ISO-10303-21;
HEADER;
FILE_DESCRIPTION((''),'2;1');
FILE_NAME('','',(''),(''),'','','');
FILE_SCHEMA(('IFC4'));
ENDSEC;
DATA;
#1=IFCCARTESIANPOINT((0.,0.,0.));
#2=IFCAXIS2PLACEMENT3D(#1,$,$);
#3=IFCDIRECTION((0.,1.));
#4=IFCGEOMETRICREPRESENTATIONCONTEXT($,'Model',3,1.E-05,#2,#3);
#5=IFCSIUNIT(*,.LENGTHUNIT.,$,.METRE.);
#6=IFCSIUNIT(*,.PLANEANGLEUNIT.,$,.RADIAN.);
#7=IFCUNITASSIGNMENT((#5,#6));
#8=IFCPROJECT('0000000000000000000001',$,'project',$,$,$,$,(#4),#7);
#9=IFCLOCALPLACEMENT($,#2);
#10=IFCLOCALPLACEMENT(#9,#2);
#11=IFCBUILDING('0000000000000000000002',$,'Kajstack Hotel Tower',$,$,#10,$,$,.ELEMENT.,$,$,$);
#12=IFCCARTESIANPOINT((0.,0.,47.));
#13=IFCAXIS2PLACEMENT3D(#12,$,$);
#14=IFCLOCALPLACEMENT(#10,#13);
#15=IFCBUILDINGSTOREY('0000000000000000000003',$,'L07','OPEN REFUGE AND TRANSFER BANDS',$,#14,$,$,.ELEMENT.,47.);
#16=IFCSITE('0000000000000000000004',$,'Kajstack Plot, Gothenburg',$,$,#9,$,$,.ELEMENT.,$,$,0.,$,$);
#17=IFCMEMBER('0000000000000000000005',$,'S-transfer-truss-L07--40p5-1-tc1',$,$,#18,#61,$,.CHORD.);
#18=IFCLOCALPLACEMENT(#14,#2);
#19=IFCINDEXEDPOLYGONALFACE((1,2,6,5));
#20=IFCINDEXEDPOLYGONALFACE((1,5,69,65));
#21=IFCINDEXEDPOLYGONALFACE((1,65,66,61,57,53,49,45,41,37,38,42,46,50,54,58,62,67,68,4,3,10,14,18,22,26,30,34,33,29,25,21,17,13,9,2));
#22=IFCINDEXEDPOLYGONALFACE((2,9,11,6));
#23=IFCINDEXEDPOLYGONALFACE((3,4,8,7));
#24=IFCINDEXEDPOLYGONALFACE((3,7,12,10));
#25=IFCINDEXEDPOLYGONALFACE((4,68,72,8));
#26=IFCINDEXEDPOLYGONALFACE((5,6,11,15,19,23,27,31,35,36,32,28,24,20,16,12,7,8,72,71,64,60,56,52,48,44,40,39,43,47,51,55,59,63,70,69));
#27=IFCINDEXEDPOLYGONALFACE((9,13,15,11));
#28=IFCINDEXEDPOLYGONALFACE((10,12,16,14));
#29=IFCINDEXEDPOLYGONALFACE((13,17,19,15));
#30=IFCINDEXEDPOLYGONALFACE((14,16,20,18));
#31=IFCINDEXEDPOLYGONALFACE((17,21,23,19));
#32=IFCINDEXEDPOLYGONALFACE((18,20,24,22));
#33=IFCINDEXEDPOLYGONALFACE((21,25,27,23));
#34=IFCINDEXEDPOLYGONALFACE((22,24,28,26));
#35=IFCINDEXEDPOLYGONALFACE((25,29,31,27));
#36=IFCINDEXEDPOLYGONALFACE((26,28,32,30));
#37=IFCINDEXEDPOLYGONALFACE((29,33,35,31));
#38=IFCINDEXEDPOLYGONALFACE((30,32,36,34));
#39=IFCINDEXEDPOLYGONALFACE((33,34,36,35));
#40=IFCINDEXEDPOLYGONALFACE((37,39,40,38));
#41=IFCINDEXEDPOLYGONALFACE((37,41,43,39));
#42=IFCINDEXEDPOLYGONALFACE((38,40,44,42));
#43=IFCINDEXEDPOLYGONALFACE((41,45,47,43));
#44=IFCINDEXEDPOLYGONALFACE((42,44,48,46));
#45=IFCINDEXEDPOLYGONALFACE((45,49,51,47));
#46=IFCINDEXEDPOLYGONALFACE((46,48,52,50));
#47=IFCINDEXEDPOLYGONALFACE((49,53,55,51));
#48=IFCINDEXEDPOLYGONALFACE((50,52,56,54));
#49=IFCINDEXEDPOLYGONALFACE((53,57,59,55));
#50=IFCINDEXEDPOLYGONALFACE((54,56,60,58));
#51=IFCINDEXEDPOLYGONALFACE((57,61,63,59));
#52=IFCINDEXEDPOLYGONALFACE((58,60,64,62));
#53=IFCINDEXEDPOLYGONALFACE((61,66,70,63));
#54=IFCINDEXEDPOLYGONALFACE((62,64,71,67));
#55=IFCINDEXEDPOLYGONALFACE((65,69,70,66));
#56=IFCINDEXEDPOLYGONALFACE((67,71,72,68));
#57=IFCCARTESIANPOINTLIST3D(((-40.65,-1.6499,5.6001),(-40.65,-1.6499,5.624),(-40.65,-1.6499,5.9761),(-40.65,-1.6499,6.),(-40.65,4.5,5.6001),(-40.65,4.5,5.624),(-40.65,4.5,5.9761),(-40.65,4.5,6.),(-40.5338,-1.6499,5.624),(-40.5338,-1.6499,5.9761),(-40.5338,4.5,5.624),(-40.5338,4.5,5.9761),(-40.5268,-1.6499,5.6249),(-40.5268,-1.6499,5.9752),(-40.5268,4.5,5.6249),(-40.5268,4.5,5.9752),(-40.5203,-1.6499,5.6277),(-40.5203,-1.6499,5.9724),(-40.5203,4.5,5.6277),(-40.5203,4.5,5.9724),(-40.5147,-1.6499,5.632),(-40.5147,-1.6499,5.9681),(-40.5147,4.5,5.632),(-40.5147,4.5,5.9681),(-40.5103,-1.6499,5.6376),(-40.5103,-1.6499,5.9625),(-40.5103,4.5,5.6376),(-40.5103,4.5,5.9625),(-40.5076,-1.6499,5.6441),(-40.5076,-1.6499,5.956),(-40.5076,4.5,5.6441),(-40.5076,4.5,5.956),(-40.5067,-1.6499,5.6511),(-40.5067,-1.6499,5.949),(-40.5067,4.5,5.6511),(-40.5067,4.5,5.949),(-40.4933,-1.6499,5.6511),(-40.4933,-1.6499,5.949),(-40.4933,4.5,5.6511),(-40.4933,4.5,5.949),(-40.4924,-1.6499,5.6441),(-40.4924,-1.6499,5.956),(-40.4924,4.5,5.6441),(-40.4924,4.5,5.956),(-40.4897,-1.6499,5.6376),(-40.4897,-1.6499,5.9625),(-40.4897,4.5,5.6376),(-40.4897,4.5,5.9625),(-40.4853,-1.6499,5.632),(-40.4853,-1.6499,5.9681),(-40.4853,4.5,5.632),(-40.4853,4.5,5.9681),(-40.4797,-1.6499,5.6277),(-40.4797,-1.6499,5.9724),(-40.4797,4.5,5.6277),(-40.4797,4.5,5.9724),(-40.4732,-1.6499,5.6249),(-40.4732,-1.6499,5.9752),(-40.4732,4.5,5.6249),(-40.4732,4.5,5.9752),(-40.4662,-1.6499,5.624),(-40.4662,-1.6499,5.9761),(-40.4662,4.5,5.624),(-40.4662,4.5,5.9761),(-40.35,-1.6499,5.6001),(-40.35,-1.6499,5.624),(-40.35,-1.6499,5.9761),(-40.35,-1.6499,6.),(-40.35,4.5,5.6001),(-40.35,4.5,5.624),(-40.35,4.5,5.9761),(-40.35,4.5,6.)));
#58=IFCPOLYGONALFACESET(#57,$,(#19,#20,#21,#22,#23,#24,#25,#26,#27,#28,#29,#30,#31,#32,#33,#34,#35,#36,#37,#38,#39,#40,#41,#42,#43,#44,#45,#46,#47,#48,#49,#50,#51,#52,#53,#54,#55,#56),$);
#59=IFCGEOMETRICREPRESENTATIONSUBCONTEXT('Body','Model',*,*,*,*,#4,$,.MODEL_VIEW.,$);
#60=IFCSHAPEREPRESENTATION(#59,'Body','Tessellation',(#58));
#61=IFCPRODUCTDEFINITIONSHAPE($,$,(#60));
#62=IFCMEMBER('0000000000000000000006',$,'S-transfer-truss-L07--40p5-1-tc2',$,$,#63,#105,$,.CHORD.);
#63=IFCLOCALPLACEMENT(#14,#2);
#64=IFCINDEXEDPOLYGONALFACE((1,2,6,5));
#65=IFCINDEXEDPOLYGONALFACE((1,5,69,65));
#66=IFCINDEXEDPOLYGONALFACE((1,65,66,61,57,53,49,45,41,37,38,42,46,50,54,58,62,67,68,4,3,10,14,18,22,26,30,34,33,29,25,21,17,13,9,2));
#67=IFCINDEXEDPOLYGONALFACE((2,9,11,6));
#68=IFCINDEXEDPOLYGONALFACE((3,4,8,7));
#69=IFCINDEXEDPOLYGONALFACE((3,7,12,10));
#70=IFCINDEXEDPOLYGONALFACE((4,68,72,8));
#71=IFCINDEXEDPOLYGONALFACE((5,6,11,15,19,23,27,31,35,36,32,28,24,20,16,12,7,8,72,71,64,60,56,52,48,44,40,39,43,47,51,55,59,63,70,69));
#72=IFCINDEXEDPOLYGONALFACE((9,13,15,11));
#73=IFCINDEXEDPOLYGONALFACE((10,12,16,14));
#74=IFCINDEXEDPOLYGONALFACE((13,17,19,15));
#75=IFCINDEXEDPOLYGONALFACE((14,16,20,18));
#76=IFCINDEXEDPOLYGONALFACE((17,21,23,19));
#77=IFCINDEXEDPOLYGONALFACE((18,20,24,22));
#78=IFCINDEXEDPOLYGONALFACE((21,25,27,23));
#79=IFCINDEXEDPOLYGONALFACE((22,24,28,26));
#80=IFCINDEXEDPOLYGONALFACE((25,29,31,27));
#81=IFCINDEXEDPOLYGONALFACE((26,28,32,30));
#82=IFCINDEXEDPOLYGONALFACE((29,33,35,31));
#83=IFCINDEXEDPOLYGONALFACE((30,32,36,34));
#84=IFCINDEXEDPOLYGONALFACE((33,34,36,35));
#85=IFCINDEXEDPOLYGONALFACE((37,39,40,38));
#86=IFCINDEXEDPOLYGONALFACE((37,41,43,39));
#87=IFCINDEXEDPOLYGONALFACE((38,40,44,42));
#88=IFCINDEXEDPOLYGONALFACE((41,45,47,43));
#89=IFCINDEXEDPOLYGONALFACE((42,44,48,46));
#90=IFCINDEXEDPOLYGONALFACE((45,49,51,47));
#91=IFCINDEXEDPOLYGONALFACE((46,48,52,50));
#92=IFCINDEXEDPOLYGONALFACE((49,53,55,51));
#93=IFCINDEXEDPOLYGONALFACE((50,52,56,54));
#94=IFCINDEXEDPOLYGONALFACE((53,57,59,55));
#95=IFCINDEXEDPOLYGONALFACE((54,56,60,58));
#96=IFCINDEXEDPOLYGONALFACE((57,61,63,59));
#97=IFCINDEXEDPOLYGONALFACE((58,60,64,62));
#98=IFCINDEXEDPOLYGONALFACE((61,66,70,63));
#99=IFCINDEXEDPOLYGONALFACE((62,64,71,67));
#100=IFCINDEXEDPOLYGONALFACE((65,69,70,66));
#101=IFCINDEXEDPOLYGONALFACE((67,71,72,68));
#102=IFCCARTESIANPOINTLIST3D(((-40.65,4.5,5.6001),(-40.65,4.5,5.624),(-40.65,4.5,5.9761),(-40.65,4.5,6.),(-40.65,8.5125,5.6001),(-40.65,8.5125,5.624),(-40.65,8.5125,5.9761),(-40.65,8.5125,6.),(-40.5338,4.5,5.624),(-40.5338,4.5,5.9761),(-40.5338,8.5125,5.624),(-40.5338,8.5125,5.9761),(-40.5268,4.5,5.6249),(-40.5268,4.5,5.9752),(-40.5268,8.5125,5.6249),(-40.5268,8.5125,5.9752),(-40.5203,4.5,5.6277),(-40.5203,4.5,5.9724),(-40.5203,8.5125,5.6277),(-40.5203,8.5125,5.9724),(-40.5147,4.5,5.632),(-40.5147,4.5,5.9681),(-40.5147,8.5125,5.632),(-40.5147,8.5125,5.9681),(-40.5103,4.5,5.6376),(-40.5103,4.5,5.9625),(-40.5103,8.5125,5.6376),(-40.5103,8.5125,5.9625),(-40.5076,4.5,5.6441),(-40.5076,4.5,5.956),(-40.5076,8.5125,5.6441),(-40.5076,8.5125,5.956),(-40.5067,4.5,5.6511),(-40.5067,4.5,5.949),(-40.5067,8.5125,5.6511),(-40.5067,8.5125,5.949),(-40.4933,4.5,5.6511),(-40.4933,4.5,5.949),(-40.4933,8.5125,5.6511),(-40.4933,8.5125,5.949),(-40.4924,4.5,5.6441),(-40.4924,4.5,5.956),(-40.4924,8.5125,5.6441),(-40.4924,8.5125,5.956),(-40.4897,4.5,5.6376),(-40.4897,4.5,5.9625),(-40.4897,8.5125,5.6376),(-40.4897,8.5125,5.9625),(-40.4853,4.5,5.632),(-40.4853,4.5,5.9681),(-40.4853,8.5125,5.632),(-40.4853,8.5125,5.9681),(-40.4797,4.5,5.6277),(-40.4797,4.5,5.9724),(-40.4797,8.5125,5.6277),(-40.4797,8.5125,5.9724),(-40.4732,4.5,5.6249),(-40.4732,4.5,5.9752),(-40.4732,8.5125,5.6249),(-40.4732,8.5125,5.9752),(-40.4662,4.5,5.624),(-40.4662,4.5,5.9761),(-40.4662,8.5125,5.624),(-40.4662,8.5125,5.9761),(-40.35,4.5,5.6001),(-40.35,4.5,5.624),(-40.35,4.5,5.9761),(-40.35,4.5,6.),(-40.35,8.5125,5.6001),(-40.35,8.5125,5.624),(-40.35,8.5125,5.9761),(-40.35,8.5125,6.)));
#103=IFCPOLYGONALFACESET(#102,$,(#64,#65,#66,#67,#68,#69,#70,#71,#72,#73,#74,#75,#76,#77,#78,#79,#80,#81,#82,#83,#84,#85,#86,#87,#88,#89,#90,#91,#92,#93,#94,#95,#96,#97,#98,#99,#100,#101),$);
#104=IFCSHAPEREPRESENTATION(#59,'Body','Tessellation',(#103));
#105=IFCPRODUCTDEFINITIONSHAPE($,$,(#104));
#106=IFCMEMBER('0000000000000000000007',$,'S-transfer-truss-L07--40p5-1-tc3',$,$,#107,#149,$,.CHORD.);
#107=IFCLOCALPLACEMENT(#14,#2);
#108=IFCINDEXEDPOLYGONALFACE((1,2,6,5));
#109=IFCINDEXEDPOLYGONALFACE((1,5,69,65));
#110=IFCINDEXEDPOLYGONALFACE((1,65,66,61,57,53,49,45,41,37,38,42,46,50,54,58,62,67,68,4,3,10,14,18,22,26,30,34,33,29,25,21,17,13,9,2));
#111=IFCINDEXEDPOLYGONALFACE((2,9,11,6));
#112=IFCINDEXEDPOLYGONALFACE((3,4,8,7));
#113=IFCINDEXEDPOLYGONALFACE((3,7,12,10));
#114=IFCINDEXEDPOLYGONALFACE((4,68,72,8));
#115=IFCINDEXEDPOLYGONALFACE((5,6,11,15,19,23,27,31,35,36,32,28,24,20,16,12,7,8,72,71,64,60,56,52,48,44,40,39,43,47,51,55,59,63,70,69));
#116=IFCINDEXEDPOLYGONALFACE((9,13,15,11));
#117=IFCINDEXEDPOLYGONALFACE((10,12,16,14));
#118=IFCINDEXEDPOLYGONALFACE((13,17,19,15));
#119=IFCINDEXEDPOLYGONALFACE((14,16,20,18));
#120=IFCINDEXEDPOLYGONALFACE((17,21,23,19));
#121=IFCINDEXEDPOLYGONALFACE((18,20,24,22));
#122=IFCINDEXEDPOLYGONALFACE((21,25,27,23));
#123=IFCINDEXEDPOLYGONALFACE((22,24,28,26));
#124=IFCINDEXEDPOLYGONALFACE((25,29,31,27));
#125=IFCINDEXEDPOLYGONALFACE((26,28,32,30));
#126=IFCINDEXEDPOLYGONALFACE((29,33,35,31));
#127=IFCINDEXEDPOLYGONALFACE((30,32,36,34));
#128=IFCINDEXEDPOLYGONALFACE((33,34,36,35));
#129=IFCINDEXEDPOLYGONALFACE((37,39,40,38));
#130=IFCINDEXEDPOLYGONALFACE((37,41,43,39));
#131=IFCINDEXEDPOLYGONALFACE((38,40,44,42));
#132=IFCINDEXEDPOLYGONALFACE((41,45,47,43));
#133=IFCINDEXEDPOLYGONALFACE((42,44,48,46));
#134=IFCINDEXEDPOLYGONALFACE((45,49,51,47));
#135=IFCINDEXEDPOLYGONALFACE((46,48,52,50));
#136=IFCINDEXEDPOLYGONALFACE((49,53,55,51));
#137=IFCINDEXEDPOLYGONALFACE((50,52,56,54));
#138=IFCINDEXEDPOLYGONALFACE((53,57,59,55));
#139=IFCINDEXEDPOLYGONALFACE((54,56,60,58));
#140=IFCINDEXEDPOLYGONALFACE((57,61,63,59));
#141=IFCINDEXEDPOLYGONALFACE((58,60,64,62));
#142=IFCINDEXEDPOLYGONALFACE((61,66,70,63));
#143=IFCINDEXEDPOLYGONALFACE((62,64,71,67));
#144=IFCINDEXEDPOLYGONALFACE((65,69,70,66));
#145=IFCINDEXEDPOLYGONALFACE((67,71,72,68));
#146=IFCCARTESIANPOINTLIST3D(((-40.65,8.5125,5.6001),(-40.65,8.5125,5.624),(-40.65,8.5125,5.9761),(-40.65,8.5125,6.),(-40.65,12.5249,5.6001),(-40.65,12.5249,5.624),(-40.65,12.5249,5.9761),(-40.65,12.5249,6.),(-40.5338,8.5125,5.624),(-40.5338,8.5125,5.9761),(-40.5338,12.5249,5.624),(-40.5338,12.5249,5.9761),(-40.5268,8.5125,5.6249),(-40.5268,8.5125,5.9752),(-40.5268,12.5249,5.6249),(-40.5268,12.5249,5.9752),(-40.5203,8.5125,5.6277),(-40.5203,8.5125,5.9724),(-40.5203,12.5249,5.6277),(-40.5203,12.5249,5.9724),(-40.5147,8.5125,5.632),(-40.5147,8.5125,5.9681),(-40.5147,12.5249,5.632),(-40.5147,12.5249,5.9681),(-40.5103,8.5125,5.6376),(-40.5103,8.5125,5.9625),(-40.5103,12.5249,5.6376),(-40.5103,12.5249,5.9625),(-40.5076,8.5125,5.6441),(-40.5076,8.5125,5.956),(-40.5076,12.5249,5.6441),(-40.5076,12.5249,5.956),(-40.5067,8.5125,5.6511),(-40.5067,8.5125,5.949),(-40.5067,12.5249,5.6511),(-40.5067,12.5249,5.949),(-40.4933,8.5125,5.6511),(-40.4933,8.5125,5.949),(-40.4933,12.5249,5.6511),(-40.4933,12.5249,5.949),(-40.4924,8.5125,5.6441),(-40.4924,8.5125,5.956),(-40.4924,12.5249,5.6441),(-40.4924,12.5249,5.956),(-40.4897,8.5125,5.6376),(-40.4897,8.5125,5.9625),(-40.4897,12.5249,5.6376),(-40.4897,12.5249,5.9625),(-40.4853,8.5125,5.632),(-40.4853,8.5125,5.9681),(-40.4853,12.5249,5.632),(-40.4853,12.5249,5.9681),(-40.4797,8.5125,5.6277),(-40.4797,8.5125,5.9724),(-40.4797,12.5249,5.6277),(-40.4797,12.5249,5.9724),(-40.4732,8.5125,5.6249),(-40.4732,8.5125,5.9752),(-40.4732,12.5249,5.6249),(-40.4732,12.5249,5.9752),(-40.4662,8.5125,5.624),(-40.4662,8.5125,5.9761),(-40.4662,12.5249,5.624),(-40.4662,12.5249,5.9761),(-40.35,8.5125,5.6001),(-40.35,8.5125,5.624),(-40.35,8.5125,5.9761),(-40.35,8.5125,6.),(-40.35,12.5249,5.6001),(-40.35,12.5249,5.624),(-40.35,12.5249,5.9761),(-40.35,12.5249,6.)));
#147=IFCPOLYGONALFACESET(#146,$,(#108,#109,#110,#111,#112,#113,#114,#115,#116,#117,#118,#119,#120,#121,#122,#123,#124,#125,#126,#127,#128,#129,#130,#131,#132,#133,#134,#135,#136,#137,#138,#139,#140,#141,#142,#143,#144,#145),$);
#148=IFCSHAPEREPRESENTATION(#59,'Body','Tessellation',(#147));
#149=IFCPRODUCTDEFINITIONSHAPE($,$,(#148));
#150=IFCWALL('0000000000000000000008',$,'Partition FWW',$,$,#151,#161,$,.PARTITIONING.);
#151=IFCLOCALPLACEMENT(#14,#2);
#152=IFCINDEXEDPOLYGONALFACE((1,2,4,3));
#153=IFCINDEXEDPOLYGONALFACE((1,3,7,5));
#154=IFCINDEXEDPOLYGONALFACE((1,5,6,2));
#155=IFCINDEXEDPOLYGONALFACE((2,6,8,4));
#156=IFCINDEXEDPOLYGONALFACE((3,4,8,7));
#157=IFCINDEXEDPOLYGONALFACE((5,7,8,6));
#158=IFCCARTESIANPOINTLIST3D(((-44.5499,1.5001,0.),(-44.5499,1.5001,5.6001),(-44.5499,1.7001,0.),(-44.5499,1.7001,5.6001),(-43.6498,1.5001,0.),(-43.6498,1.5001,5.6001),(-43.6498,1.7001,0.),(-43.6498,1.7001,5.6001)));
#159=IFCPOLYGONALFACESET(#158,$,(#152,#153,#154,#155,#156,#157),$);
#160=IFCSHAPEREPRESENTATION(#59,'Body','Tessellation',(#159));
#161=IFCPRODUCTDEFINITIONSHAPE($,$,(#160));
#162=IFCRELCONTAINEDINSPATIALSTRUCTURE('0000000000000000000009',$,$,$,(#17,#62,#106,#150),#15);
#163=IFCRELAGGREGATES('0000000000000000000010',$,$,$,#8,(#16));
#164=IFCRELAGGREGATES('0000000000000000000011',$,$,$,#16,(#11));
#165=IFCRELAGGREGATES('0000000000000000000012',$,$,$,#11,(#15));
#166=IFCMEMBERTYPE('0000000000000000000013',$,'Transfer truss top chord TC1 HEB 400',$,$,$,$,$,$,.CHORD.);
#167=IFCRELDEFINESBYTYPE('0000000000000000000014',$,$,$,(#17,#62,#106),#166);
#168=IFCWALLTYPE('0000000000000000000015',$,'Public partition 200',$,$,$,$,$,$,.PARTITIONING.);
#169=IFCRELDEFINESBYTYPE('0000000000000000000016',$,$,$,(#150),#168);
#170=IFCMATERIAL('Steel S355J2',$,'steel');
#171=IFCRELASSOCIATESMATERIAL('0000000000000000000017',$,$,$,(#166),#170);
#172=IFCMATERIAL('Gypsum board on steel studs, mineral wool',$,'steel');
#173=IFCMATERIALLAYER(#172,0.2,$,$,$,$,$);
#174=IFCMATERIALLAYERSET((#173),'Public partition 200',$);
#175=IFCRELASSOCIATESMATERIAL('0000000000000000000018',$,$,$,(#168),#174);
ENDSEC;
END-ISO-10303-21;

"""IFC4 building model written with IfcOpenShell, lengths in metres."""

from ifc_helpers import new_model, si_unit, direction, frame, frame_2d, origin, origin_2d, place, context, subcontext, project, spatial, rectangle, i_section, extrude, material, layer, layer_set, material_profile, profile_set, type_object, element, save


model = new_model("IFC4")

# Units and contexts
model_context = context("Model", 3, precision=1e-05, world=origin(), true_north=direction((0.0, 1.0)))
body_context = subcontext(model_context, "Body", "Model", "MODEL_VIEW")
ifc_project = project(units=[si_unit("LENGTHUNIT", "METRE"), si_unit("PLANEANGLEUNIT", "RADIAN")], contexts=[model_context])

# Site, building, storey
site_placement = place(None, origin())
site = spatial("IfcSite", under=ifc_project, at=site_placement, Name="Kajstack Plot, Gothenburg", CompositionType="ELEMENT", RefElevation=0.0)
building_placement = place(site_placement, origin())
building = spatial("IfcBuilding", under=site, at=building_placement, Name="Kajstack Hotel Tower", CompositionType="ELEMENT")
storey_placement = place(building_placement, frame((0.0, 0.0, 47.0)))
storey = spatial("IfcBuildingStorey", under=building, at=storey_placement, Name="L07", Description="OPEN REFUGE AND TRANSFER BANDS", CompositionType="ELEMENT", Elevation=47.0)

# Members
ifc_material_1 = material(Name="Steel S355J2", Category="steel")
ifc_material_profile_1 = material_profile(ifc_material_1, i_section(OverallWidth=0.3, OverallDepth=0.3999, WebThickness=0.0134, FlangeThickness=0.0239, FilletRadius=0.0271, at=origin_2d()), Name="HEB 400")
ifc_profile_set_1 = profile_set([ifc_material_profile_1], Name="Steel S355J2")
member_type_1 = type_object("IfcMemberType", Name="Transfer truss top chord TC1 HEB 400", PredefinedType="CHORD", material=ifc_profile_set_1)
member_1_placement = place(storey_placement, frame((-40.5, -1.6499, 5.8), z_axis=(0.0, 1.0, 0.0), x_axis=(-1.0, 0.0, 0.0)))
element("IfcMember", 1, at=member_1_placement, inside=storey, type_object=member_type_1, Name="S-transfer-truss-L07--40p5-1-tc1", PredefinedType="CHORD", context=body_context, shape_type="SweptSolid", body=[
    extrude(i_section(OverallWidth=0.3, OverallDepth=0.3999, WebThickness=0.0134, FlangeThickness=0.0239, FilletRadius=0.0271, at=origin_2d()), origin(), (0.0, 0.0, 1.0), 6.1499),
])
for number, where, z_axis, x_axis, name in (
    (2, (-40.5, 4.5, 5.8), (0.0, 1.0, 0.0), (-1.0, 0.0, 0.0), "S-transfer-truss-L07--40p5-1-tc2"),
    (3, (-40.5, 8.5125, 5.8), (0.0, 1.0, 0.0), (-1.0, 0.0, 0.0), "S-transfer-truss-L07--40p5-1-tc3"),
):
    element("IfcMember", number, at=place(storey_placement, frame(where, z_axis=z_axis, x_axis=x_axis)), inside=storey, type_object=member_type_1, Name=name, PredefinedType="CHORD", context=body_context, shape_type="SweptSolid", body=[
        extrude(i_section(OverallWidth=0.3, OverallDepth=0.3999, WebThickness=0.0134, FlangeThickness=0.0239, FilletRadius=0.0271, at=origin_2d()), origin(), (0.0, 0.0, 1.0), 4.0125),
    ])

# Wall
ifc_material_2 = material(Name="Gypsum board on steel studs, mineral wool", Category="steel")
ifc_layer_1 = layer(ifc_material_2, 0.2)
ifc_layer_set_1 = layer_set([ifc_layer_1], Name="Public partition 200")
wall_type_1 = type_object("IfcWallType", Name="Public partition 200", PredefinedType="PARTITIONING", material=ifc_layer_set_1)
wall_1_placement = place(storey_placement, frame((-44.55, 1.6001, 0.0), z_axis=(0.0, 0.0, 1.0), x_axis=(1.0, 0.0, 0.0)))
element("IfcWall", 4, at=wall_1_placement, inside=storey, type_object=wall_type_1, Name="Partition FWW", PredefinedType="PARTITIONING", context=body_context, shape_type="SweptSolid", body=[
    extrude(rectangle(XDim=0.9001, YDim=0.2, at=frame_2d((0.4502, 0.0))), origin(), (0.0, 0.0, 1.0), 5.6001),
])

save(model, "model.ifc")
